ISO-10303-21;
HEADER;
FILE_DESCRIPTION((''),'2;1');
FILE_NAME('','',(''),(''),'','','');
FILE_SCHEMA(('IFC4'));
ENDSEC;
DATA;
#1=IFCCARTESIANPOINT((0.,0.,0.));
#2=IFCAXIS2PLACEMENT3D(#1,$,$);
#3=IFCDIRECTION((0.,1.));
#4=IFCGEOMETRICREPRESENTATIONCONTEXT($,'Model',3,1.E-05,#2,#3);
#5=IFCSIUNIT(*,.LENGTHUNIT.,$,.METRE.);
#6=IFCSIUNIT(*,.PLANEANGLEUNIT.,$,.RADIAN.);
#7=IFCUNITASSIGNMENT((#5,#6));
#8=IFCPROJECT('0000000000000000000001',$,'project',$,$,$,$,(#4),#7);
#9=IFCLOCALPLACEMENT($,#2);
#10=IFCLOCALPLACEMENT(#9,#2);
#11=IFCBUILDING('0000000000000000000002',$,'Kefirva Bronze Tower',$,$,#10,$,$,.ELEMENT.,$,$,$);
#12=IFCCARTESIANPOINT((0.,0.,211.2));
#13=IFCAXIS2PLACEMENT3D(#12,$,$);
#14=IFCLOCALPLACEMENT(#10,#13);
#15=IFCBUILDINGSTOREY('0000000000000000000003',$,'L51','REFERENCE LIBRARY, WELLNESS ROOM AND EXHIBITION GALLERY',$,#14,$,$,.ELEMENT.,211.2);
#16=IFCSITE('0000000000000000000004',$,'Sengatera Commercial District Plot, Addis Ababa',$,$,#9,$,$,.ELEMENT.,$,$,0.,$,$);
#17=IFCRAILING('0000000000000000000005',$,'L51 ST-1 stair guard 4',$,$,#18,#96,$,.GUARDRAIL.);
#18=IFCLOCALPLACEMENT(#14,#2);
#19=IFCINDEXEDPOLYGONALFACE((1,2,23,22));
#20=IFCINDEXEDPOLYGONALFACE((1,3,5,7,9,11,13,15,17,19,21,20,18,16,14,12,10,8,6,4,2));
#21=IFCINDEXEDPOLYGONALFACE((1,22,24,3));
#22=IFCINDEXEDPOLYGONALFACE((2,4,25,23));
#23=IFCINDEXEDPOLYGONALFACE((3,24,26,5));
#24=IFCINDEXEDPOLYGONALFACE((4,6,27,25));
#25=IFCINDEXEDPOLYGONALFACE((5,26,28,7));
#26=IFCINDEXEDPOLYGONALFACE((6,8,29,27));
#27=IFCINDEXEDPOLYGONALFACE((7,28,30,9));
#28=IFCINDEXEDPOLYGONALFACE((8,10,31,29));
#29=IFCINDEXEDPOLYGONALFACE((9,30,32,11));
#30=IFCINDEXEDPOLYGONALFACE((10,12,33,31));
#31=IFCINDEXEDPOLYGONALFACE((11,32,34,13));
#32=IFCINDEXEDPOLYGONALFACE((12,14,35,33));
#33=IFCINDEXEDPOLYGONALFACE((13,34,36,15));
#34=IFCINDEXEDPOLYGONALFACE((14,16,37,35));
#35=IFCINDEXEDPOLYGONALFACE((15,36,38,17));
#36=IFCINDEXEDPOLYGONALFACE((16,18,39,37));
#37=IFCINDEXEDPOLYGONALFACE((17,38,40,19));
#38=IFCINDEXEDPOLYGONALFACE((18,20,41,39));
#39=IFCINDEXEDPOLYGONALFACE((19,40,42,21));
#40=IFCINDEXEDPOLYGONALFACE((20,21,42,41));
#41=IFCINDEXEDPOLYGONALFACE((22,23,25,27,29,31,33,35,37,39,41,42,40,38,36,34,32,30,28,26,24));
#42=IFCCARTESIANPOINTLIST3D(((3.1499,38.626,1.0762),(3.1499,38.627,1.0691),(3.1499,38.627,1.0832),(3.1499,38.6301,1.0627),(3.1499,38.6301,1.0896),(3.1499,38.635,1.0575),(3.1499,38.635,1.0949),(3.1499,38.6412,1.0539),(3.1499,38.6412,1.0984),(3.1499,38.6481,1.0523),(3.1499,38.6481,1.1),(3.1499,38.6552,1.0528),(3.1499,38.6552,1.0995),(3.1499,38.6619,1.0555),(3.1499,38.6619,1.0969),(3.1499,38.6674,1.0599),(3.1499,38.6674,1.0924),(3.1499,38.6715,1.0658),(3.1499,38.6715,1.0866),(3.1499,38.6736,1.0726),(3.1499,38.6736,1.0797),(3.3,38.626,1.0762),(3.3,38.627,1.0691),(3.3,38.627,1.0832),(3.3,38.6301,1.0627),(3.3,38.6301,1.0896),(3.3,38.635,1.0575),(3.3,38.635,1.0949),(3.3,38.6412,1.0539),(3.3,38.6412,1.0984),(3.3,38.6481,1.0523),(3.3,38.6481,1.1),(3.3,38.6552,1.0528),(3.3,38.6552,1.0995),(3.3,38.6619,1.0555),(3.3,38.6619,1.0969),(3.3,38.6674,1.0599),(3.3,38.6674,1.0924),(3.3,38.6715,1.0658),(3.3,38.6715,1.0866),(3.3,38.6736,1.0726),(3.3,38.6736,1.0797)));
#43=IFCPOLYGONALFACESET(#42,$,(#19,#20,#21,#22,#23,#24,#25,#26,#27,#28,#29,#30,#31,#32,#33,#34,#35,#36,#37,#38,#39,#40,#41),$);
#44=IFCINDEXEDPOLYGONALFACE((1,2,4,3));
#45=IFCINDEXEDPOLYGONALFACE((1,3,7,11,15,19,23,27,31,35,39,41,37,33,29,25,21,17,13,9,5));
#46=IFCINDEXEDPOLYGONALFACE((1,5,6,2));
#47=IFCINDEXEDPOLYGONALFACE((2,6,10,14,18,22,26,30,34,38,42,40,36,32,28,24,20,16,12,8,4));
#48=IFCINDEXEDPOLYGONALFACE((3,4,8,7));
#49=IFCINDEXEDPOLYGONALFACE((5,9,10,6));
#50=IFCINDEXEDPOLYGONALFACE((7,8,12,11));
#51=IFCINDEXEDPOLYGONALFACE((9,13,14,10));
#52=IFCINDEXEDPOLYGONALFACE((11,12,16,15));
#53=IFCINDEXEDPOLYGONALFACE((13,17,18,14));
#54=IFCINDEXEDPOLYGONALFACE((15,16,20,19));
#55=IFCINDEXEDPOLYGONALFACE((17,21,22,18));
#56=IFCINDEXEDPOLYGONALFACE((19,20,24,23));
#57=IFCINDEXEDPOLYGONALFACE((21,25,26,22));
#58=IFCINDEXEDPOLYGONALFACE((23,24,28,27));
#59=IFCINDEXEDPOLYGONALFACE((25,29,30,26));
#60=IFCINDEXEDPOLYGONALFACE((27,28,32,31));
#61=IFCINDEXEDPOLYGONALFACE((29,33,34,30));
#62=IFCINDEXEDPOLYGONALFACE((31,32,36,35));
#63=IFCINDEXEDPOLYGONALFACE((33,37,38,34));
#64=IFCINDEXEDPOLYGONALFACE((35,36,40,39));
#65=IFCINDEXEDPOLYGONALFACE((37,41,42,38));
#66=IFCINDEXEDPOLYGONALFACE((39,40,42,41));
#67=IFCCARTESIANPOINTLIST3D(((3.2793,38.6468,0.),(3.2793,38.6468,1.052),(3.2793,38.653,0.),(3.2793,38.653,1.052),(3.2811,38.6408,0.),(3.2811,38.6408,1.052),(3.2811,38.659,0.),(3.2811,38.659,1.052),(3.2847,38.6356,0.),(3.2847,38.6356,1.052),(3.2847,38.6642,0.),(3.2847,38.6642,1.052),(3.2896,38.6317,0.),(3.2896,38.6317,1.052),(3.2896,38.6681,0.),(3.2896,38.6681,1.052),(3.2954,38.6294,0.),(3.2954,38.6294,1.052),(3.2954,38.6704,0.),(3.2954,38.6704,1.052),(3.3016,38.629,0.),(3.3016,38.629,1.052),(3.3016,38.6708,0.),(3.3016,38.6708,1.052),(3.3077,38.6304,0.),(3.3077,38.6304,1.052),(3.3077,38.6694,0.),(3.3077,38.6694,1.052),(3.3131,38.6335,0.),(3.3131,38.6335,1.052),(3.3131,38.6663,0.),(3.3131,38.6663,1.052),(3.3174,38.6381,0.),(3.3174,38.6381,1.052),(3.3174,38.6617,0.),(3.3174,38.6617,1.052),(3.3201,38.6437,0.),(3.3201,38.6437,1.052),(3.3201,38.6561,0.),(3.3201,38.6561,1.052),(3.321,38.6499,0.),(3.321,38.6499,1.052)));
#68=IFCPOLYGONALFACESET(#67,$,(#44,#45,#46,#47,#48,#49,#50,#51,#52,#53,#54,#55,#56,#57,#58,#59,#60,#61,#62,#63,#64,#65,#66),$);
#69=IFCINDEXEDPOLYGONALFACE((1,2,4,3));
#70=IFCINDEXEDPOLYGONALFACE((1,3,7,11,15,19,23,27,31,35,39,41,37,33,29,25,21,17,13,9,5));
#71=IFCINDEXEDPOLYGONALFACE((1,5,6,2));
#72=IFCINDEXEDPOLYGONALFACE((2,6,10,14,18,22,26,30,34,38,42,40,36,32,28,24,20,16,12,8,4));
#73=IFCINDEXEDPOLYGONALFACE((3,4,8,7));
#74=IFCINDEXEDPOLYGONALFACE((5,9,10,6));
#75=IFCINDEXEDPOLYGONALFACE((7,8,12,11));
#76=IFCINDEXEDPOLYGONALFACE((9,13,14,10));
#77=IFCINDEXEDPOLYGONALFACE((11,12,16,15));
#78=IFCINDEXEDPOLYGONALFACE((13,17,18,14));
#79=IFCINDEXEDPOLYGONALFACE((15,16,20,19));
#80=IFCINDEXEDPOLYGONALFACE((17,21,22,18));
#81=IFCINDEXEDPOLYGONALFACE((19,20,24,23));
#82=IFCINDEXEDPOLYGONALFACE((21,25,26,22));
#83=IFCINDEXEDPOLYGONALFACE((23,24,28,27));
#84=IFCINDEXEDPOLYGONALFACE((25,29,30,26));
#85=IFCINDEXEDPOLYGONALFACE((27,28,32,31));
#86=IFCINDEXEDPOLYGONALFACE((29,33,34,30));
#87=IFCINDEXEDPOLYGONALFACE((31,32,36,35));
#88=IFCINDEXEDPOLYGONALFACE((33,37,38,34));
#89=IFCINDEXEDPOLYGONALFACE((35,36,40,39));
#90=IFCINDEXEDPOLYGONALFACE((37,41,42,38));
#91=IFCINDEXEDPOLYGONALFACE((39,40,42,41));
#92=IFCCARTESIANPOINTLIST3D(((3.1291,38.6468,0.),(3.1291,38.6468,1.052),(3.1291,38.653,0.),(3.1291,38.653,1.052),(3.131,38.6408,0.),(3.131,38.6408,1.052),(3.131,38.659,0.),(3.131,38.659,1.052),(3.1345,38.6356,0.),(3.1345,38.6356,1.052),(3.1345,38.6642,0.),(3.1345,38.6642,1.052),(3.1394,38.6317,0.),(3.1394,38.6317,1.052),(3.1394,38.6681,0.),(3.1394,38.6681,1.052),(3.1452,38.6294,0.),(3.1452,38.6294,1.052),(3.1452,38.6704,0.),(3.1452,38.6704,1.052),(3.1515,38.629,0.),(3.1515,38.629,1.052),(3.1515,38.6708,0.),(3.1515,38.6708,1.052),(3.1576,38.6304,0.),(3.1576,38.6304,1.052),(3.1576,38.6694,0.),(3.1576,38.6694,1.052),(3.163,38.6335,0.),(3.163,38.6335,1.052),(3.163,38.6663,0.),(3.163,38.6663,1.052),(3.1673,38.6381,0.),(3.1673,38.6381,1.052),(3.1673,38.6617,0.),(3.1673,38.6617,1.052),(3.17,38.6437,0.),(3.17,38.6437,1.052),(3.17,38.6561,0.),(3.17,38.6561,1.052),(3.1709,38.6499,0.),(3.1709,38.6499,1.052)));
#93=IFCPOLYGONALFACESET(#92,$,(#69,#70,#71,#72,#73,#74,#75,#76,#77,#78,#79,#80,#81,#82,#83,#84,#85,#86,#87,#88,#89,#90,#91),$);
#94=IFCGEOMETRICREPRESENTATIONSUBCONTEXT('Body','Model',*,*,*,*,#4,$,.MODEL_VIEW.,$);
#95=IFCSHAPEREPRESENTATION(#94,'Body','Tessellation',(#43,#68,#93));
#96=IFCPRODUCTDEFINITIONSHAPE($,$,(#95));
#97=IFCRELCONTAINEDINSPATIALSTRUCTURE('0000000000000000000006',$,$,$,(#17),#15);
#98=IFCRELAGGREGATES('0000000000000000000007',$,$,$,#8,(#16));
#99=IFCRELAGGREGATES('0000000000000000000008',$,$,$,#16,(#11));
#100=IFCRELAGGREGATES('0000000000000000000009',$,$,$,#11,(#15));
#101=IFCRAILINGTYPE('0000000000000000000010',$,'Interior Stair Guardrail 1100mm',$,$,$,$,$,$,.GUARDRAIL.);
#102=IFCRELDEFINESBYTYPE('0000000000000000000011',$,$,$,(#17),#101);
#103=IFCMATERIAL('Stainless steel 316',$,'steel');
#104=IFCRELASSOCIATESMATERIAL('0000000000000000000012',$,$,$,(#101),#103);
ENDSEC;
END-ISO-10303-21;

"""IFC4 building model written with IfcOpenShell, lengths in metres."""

from ifc_helpers import new_model, si_unit, direction, frame, origin, origin_2d, place, context, subcontext, project, spatial, circle, extrude, material, type_object, element, save


model = new_model("IFC4")

# Units and contexts
model_context = context("Model", 3, precision=1e-05, world=origin(), true_north=direction((0.0, 1.0)))
body_context = subcontext(model_context, "Body", "Model", "MODEL_VIEW")
ifc_project = project(units=[si_unit("LENGTHUNIT", "METRE"), si_unit("PLANEANGLEUNIT", "RADIAN")], contexts=[model_context])

# Site, building, storey
site_placement = place(None, origin())
site = spatial("IfcSite", under=ifc_project, at=site_placement, Name="Sengatera Commercial District Plot, Addis Ababa", CompositionType="ELEMENT", RefElevation=0.0)
building_placement = place(site_placement, origin())
building = spatial("IfcBuilding", under=site, at=building_placement, Name="Kefirva Bronze Tower", CompositionType="ELEMENT")
storey_placement = place(building_placement, frame((0.0, 0.0, 211.2)))
storey = spatial("IfcBuildingStorey", under=building, at=storey_placement, Name="L51", Description="REFERENCE LIBRARY, WELLNESS ROOM AND EXHIBITION GALLERY", CompositionType="ELEMENT", Elevation=211.2)

# Railing
ifc_material_1 = material(Name="Stainless steel 316", Category="steel")
railing_type_1 = type_object("IfcRailingType", Name="Interior Stair Guardrail 1100mm", PredefinedType="GUARDRAIL", material=ifc_material_1)
railing_1_placement = place(storey_placement, frame((3.3, 38.6499, 0.0)))
element("IfcRailing", 1, at=railing_1_placement, inside=storey, type_object=railing_type_1, Name="L51 ST-1 stair guard 4", PredefinedType="GUARDRAIL", context=body_context, shape_type="SweptSolid", body=[
    extrude(circle(Radius=0.0239, at=origin_2d()), frame((0.0, 0.0, 1.0762), z_axis=(-1.0, 0.0, 0.0), x_axis=(0.0, -1.0, 0.0)), (0.0, 0.0, 1.0), 0.1501),
    extrude(circle(Radius=0.021, at=origin_2d()), origin(), (0.0, 0.0, 1.0), 1.052),
    extrude(circle(Radius=0.021, at=origin_2d()), frame((-0.1501, 0.0, 0.0)), (0.0, 0.0, 1.0), 1.052),
])

save(model, "model.ifc")
